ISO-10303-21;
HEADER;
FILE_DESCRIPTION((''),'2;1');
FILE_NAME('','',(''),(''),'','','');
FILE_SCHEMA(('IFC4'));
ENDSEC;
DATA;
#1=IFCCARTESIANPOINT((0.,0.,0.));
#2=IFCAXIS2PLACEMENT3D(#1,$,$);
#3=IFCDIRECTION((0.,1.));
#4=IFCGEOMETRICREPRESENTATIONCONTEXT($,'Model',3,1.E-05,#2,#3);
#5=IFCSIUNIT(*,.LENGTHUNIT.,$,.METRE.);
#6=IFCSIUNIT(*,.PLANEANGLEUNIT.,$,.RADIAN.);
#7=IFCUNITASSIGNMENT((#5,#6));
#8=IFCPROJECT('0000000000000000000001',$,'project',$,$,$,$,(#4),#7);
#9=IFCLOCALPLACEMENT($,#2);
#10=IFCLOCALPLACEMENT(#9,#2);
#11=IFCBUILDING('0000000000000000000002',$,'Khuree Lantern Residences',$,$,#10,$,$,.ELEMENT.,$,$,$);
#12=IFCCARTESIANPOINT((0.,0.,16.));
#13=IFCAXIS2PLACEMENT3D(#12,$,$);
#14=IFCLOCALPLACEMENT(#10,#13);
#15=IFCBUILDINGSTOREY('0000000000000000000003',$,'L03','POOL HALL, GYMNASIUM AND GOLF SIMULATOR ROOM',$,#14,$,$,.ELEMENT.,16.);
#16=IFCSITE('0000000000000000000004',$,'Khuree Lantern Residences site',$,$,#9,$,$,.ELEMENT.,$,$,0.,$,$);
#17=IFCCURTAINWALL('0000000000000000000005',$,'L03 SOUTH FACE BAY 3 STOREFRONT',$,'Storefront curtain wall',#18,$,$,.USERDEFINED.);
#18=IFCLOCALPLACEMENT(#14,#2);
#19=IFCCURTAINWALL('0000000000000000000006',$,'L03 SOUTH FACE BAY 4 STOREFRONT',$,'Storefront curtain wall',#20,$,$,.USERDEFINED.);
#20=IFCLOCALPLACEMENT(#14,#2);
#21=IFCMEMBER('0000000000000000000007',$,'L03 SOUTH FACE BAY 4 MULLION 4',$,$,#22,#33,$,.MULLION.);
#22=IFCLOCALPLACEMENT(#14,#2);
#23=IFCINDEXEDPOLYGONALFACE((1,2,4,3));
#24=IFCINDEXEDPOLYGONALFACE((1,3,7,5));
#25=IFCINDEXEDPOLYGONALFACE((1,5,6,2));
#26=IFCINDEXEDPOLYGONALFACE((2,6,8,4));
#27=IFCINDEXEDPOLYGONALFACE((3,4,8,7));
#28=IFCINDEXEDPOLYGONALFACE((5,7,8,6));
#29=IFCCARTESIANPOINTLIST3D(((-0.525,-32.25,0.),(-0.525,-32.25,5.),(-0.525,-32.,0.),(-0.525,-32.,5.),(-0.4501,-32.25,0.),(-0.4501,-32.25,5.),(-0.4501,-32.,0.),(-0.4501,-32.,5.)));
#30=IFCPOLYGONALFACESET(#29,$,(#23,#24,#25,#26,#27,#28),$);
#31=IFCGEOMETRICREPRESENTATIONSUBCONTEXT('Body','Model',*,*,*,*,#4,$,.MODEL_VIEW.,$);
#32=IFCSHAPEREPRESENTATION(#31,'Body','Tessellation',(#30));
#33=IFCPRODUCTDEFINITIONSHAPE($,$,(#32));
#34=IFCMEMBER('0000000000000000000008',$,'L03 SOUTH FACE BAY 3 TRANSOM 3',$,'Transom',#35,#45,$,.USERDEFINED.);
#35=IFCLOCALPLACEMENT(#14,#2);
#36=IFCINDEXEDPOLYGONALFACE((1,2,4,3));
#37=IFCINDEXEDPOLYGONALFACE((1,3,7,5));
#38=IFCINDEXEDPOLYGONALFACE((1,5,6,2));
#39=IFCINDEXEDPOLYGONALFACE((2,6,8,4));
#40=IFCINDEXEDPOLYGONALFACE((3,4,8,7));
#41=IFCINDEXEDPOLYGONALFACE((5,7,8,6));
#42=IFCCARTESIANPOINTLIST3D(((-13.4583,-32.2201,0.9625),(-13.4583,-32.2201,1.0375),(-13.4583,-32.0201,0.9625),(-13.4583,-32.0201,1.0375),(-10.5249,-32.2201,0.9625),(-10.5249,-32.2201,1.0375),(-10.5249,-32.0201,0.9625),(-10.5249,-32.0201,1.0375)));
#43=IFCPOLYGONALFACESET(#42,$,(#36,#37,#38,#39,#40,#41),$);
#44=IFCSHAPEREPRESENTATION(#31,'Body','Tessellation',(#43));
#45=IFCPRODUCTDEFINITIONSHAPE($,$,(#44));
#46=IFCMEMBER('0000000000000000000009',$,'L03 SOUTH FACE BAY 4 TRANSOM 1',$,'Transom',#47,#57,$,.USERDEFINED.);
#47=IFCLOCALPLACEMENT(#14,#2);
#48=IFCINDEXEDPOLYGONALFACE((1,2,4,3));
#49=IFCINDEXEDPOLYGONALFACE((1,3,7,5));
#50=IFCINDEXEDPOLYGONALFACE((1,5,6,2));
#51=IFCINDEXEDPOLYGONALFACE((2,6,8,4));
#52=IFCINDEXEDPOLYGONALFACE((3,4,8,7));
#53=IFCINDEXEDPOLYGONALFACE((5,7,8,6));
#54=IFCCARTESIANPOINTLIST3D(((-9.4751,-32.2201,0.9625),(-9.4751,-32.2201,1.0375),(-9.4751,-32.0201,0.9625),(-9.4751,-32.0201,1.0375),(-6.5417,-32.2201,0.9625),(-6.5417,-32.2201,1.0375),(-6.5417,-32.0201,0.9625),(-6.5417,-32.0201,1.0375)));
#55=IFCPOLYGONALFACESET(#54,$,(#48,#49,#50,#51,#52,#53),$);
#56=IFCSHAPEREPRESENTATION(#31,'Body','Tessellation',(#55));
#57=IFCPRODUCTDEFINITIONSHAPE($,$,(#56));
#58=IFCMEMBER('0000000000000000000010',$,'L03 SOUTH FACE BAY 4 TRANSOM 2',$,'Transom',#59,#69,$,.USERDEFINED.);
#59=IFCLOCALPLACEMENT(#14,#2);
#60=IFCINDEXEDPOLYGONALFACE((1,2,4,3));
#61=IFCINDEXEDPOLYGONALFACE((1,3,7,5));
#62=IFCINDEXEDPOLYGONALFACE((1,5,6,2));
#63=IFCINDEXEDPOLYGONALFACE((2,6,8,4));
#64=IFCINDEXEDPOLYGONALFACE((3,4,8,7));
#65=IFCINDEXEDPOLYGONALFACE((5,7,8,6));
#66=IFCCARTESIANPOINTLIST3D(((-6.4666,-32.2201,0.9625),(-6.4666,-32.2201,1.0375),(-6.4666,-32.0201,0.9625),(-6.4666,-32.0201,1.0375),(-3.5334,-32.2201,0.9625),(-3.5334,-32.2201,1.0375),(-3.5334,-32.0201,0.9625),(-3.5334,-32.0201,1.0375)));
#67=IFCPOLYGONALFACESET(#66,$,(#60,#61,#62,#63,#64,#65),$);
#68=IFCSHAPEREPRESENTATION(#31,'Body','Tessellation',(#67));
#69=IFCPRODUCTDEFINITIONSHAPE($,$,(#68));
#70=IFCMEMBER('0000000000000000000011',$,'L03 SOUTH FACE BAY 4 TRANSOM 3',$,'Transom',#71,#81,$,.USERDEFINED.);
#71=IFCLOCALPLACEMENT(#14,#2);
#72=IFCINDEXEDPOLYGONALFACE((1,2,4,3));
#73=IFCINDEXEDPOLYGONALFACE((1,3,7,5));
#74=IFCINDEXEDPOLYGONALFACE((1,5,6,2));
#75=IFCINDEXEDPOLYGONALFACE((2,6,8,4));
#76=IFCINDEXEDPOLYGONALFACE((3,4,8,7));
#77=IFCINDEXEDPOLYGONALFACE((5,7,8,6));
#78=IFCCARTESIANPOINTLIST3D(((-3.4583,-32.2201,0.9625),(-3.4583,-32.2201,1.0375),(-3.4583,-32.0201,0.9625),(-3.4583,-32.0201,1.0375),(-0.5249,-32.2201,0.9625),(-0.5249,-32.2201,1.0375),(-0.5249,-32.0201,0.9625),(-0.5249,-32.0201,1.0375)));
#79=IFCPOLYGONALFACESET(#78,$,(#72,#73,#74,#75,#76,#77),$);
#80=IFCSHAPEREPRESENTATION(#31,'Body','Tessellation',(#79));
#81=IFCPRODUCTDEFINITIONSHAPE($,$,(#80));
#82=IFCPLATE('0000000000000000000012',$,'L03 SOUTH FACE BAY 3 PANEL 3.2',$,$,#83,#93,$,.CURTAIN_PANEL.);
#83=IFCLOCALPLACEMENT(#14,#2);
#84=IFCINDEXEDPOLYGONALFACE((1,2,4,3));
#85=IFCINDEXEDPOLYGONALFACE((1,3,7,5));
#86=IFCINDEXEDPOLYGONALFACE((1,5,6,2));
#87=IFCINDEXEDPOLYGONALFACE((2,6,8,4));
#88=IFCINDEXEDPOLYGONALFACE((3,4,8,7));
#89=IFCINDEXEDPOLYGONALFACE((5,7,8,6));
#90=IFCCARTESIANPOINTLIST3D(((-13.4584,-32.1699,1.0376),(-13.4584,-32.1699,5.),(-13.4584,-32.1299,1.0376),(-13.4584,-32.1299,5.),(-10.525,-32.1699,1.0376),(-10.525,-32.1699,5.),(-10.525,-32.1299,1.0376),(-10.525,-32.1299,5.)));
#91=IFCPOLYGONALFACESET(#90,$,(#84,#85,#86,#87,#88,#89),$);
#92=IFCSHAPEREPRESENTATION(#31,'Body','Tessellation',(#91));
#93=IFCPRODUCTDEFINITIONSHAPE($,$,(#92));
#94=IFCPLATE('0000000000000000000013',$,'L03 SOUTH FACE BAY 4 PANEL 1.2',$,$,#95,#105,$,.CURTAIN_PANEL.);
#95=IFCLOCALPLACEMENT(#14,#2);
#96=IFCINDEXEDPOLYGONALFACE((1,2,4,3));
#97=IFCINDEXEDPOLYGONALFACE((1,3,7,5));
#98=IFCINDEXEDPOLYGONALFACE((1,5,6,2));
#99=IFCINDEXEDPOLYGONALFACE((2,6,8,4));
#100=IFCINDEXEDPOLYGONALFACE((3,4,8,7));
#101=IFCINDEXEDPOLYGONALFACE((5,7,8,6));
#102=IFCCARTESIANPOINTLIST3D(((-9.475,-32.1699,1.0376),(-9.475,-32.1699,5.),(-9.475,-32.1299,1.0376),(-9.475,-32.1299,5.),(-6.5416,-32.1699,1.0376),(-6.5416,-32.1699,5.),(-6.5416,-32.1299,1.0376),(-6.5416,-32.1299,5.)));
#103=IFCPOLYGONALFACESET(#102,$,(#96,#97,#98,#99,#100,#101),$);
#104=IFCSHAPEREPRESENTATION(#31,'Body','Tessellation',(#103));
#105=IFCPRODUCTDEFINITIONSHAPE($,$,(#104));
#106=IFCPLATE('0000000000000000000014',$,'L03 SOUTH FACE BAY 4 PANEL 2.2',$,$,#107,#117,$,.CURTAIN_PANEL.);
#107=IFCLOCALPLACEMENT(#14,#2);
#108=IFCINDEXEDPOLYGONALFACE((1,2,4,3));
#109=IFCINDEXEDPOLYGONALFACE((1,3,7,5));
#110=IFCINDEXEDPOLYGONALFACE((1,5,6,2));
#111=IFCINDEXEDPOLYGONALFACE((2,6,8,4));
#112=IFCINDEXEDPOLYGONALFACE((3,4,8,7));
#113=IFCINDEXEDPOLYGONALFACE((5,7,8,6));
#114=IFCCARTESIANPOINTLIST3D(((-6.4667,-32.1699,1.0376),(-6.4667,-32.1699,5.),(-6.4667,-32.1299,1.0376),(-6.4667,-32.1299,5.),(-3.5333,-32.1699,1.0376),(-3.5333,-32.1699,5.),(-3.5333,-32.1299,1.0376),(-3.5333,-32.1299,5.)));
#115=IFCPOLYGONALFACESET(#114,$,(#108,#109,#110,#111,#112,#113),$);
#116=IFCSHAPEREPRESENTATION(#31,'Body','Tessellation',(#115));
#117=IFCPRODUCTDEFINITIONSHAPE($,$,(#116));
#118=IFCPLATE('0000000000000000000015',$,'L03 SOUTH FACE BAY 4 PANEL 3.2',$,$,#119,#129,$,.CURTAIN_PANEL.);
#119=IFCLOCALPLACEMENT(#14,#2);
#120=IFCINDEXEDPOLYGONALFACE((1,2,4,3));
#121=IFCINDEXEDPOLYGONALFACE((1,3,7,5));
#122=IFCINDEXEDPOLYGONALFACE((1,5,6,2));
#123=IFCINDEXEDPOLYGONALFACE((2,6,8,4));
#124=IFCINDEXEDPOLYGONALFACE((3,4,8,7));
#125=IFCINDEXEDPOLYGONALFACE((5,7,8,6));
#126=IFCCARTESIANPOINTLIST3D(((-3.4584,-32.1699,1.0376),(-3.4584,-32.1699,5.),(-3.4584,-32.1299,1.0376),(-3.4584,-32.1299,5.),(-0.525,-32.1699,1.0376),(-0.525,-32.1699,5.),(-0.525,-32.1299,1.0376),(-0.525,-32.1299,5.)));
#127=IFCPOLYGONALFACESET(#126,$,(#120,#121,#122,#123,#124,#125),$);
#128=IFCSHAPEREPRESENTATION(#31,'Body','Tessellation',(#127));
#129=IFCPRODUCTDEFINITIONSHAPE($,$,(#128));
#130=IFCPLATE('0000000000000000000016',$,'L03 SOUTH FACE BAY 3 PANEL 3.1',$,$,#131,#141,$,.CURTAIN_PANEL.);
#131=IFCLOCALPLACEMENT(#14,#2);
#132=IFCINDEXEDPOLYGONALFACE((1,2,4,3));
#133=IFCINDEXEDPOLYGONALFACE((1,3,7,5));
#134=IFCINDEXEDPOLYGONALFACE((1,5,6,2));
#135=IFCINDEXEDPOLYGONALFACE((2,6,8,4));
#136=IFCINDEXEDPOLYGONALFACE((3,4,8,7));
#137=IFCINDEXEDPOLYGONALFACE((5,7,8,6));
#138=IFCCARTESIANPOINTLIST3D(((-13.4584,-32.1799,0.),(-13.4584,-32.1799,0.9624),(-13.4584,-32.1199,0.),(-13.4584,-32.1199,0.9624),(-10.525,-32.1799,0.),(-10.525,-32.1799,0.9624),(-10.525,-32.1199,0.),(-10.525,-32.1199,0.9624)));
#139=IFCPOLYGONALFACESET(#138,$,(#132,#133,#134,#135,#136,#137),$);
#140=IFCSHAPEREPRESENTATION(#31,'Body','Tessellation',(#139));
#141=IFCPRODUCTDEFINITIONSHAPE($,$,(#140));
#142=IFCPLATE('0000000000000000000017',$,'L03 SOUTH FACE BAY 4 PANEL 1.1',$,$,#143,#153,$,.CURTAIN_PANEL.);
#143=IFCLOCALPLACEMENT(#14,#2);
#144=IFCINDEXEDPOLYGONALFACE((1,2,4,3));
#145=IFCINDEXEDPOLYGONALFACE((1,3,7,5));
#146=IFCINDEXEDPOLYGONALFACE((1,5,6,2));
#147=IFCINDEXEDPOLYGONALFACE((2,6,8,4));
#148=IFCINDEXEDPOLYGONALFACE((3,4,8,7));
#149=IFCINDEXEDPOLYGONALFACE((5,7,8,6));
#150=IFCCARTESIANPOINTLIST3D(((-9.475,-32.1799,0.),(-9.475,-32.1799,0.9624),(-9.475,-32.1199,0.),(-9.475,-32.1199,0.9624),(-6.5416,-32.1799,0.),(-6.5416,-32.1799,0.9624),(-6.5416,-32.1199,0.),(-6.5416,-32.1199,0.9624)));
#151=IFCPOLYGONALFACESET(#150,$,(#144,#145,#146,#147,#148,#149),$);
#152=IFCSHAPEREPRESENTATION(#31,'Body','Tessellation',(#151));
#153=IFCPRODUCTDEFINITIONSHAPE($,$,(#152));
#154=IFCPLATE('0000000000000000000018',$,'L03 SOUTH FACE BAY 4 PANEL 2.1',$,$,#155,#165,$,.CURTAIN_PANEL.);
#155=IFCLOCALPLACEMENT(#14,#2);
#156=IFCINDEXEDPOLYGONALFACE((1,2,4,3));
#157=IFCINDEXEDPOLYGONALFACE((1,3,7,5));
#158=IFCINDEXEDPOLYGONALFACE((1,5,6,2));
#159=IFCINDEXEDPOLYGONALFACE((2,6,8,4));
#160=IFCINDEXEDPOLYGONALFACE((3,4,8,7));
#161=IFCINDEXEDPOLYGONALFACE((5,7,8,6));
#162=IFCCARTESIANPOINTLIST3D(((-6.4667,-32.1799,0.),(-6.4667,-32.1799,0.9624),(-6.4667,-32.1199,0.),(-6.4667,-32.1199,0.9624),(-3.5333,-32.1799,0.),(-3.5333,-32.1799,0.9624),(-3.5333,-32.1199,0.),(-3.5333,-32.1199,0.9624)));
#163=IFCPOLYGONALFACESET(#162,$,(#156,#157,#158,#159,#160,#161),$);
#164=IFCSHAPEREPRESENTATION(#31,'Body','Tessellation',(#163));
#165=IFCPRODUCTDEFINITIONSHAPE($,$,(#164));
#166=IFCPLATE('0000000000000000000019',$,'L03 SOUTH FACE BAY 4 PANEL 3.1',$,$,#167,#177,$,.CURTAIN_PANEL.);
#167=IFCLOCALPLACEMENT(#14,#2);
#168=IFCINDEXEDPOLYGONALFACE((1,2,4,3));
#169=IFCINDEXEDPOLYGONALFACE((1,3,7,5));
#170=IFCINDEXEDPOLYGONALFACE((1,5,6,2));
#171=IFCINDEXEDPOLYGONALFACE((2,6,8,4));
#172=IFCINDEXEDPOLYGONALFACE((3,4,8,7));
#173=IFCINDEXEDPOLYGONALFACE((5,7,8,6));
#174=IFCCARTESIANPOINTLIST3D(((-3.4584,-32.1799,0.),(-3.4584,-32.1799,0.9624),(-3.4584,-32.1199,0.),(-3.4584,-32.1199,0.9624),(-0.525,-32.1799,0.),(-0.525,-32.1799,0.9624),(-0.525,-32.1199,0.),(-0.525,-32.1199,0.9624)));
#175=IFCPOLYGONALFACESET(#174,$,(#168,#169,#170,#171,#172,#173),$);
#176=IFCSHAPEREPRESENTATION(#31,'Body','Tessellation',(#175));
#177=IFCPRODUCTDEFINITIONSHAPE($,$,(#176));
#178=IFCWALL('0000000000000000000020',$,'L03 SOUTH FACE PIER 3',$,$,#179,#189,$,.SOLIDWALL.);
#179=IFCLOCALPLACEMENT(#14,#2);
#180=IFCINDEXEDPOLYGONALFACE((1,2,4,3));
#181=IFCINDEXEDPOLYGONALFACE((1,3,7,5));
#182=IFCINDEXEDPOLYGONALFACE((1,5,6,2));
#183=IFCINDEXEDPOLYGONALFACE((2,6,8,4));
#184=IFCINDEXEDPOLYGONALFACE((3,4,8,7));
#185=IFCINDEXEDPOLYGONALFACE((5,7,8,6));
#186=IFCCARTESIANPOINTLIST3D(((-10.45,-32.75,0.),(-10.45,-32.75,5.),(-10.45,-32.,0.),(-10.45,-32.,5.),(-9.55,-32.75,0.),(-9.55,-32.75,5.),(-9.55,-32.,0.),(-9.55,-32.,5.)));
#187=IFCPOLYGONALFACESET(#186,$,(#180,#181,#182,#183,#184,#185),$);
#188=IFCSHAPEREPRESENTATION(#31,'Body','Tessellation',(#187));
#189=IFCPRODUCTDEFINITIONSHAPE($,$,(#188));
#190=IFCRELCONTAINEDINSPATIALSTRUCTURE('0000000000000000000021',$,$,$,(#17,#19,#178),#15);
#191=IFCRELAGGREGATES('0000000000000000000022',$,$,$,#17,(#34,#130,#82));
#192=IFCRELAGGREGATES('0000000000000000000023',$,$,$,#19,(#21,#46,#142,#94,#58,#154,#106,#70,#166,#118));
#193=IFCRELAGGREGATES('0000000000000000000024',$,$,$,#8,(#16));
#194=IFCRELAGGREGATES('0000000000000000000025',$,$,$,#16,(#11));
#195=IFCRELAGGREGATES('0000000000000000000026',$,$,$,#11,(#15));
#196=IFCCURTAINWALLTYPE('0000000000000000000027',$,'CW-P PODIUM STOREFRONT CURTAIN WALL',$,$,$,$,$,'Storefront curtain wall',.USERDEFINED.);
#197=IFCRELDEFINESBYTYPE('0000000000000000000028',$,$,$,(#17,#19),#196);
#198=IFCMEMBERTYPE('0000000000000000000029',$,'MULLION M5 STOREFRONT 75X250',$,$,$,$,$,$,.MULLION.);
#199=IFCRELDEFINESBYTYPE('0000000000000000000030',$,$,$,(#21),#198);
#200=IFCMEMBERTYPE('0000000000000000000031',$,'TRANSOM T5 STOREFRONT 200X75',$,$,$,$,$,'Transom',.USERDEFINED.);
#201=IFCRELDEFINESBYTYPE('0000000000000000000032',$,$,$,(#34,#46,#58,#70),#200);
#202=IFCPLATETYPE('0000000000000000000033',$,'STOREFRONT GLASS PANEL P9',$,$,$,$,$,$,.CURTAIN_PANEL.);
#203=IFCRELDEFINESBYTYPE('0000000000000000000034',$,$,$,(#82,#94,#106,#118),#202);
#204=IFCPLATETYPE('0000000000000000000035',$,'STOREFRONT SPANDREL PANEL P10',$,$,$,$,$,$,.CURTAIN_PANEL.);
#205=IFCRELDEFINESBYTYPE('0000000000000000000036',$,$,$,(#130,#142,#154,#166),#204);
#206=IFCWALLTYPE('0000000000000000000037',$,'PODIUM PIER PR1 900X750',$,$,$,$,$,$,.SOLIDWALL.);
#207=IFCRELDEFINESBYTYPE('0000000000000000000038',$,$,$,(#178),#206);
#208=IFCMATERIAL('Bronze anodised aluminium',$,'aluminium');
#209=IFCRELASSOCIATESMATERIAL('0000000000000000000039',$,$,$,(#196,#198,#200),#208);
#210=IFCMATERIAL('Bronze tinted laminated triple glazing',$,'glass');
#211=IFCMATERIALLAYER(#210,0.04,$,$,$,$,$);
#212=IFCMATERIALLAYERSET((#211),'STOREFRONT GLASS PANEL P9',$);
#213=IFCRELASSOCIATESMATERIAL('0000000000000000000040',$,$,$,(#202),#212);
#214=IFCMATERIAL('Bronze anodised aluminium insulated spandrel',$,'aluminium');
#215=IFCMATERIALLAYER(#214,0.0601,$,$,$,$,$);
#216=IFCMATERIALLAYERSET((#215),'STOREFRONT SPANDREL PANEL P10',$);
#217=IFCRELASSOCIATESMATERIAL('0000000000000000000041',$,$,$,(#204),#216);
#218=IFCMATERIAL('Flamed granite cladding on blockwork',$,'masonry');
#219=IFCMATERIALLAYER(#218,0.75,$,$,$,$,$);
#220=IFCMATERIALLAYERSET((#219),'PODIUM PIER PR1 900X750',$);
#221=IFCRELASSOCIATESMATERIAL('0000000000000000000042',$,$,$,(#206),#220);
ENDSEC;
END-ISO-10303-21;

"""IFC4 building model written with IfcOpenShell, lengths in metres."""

from ifc_helpers import new_model, si_unit, direction, frame, frame_2d, origin, origin_2d, place, context, subcontext, project, spatial, rectangle, extrude, material, layer, layer_set, material_profile, profile_set, type_object, element, aggregate, save


model = new_model("IFC4")

# Units and contexts
model_context = context("Model", 3, precision=1e-05, world=origin(), true_north=direction((0.0, 1.0)))
body_context = subcontext(model_context, "Body", "Model", "MODEL_VIEW")
ifc_project = project(units=[si_unit("LENGTHUNIT", "METRE"), si_unit("PLANEANGLEUNIT", "RADIAN")], contexts=[model_context])

# Site, building, storey
site_placement = place(None, origin())
site = spatial("IfcSite", under=ifc_project, at=site_placement, Name="Khuree Lantern Residences site", CompositionType="ELEMENT", RefElevation=0.0)
building_placement = place(site_placement, origin())
building = spatial("IfcBuilding", under=site, at=building_placement, Name="Khuree Lantern Residences", CompositionType="ELEMENT")
storey_placement = place(building_placement, frame((0.0, 0.0, 16.0)))
storey = spatial("IfcBuildingStorey", under=building, at=storey_placement, Name="L03", Description="POOL HALL, GYMNASIUM AND GOLF SIMULATOR ROOM", CompositionType="ELEMENT", Elevation=16.0)

# Curtain wall
ifc_material_1 = material(Name="Bronze anodised aluminium", Category="aluminium")
curtain_wall_type = type_object("IfcCurtainWallType", Name="CW-P PODIUM STOREFRONT CURTAIN WALL", ElementType="Storefront curtain wall", PredefinedType="USERDEFINED", material=ifc_material_1)
curtain_wall_1_placement = place(storey_placement, origin())
curtain_wall_1 = element("IfcCurtainWall", 1, at=curtain_wall_1_placement, inside=storey, type_object=curtain_wall_type, Name="L03 SOUTH FACE BAY 3 STOREFRONT", ObjectType="Storefront curtain wall", PredefinedType="USERDEFINED")
ifc_material_profile_1 = material_profile(ifc_material_1, rectangle(XDim=0.075, YDim=0.25, at=origin_2d()), Name="M5 75X250")
ifc_profile_set_1 = profile_set([ifc_material_profile_1], Name="Bronze anodised aluminium")
member_type_1 = type_object("IfcMemberType", Name="MULLION M5 STOREFRONT 75X250", PredefinedType="MULLION", material=ifc_profile_set_1)

# Curtain wall, member
curtain_wall_2_placement = place(storey_placement, origin())
curtain_wall_2 = element("IfcCurtainWall", 2, at=curtain_wall_2_placement, inside=storey, type_object=curtain_wall_type, Name="L03 SOUTH FACE BAY 4 STOREFRONT", ObjectType="Storefront curtain wall", PredefinedType="USERDEFINED")
member_1_placement = place(storey_placement, frame((-0.4875, -32.125, 0.0), z_axis=(0.0, 0.0, 1.0), x_axis=(1.0, 0.0, 0.0)))
member_1 = element("IfcMember", 3, at=member_1_placement, type_object=member_type_1, Name="L03 SOUTH FACE BAY 4 MULLION 4", PredefinedType="MULLION", context=body_context, shape_type="SweptSolid", body=[
    extrude(rectangle(XDim=0.075, YDim=0.25, at=origin_2d()), origin(), (0.0, 0.0, 1.0), 5.0),
])

# Members
ifc_material_profile_2 = material_profile(ifc_material_1, rectangle(XDim=0.2, YDim=0.075, at=origin_2d()), Name="T5 200X75")
ifc_profile_set_2 = profile_set([ifc_material_profile_2], Name="Bronze anodised aluminium")
member_type_2 = type_object("IfcMemberType", Name="TRANSOM T5 STOREFRONT 200X75", ElementType="Transom", PredefinedType="USERDEFINED", material=ifc_profile_set_2)
member_2_placement = place(storey_placement, frame((-13.4583, -32.1201, 1.0), z_axis=(1.0, 0.0, 0.0), x_axis=(0.0, 1.0, 0.0)))
member_2 = element("IfcMember", 4, at=member_2_placement, type_object=member_type_2, Name="L03 SOUTH FACE BAY 3 TRANSOM 3", ObjectType="Transom", PredefinedType="USERDEFINED", context=body_context, shape_type="SweptSolid", body=[
    extrude(rectangle(XDim=0.2, YDim=0.075, at=origin_2d()), origin(), (0.0, 0.0, 1.0), 2.9333),
])
member_3_placement = place(storey_placement, frame((-9.4751, -32.1201, 1.0), z_axis=(1.0, 0.0, 0.0), x_axis=(0.0, 1.0, 0.0)))
member_3 = element("IfcMember", 5, at=member_3_placement, type_object=member_type_2, Name="L03 SOUTH FACE BAY 4 TRANSOM 1", ObjectType="Transom", PredefinedType="USERDEFINED", context=body_context, shape_type="SweptSolid", body=[
    extrude(rectangle(XDim=0.2, YDim=0.075, at=origin_2d()), origin(), (0.0, 0.0, 1.0), 2.9333),
])
member_4_placement = place(storey_placement, frame((-6.4666, -32.1201, 1.0), z_axis=(1.0, 0.0, 0.0), x_axis=(0.0, 1.0, 0.0)))
member_4 = element("IfcMember", 6, at=member_4_placement, type_object=member_type_2, Name="L03 SOUTH FACE BAY 4 TRANSOM 2", ObjectType="Transom", PredefinedType="USERDEFINED", context=body_context, shape_type="SweptSolid", body=[
    extrude(rectangle(XDim=0.2, YDim=0.075, at=origin_2d()), origin(), (0.0, 0.0, 1.0), 2.9331),
])
member_5_placement = place(storey_placement, frame((-3.4583, -32.1201, 1.0), z_axis=(1.0, 0.0, 0.0), x_axis=(0.0, 1.0, 0.0)))
member_5 = element("IfcMember", 7, at=member_5_placement, type_object=member_type_2, Name="L03 SOUTH FACE BAY 4 TRANSOM 3", ObjectType="Transom", PredefinedType="USERDEFINED", context=body_context, shape_type="SweptSolid", body=[
    extrude(rectangle(XDim=0.2, YDim=0.075, at=origin_2d()), origin(), (0.0, 0.0, 1.0), 2.9333),
])

# Plates
ifc_material_2 = material(Name="Bronze tinted laminated triple glazing", Category="glass")
ifc_layer_1 = layer(ifc_material_2, 0.04)
ifc_layer_set_1 = layer_set([ifc_layer_1], Name="STOREFRONT GLASS PANEL P9")
plate_type_1 = type_object("IfcPlateType", Name="STOREFRONT GLASS PANEL P9", PredefinedType="CURTAIN_PANEL", material=ifc_layer_set_1)
plate_1_placement = place(storey_placement, frame((-11.9917, -32.1499, 1.0376), z_axis=(0.0, 0.0, 1.0), x_axis=(1.0, 0.0, 0.0)))
plate_1 = element("IfcPlate", 8, at=plate_1_placement, type_object=plate_type_1, Name="L03 SOUTH FACE BAY 3 PANEL 3.2", PredefinedType="CURTAIN_PANEL", context=body_context, shape_type="SweptSolid", body=[
    extrude(rectangle(XDim=2.9333, YDim=0.04, at=origin_2d()), origin(), (0.0, 0.0, 1.0), 3.9624),
])
plate_2_placement = place(storey_placement, frame((-8.0083, -32.1499, 1.0376), z_axis=(0.0, 0.0, 1.0), x_axis=(1.0, 0.0, 0.0)))
plate_2 = element("IfcPlate", 9, at=plate_2_placement, type_object=plate_type_1, Name="L03 SOUTH FACE BAY 4 PANEL 1.2", PredefinedType="CURTAIN_PANEL", context=body_context, shape_type="SweptSolid", body=[
    extrude(rectangle(XDim=2.9333, YDim=0.04, at=origin_2d()), origin(), (0.0, 0.0, 1.0), 3.9624),
])
plate_3_placement = place(storey_placement, frame((-5.0, -32.1499, 1.0376), z_axis=(0.0, 0.0, 1.0), x_axis=(1.0, 0.0, 0.0)))
plate_3 = element("IfcPlate", 10, at=plate_3_placement, type_object=plate_type_1, Name="L03 SOUTH FACE BAY 4 PANEL 2.2", PredefinedType="CURTAIN_PANEL", context=body_context, shape_type="SweptSolid", body=[
    extrude(rectangle(XDim=2.9333, YDim=0.04, at=origin_2d()), origin(), (0.0, 0.0, 1.0), 3.9624),
])
plate_4_placement = place(storey_placement, frame((-1.9917, -32.1499, 1.0376), z_axis=(0.0, 0.0, 1.0), x_axis=(1.0, 0.0, 0.0)))
plate_4 = element("IfcPlate", 11, at=plate_4_placement, type_object=plate_type_1, Name="L03 SOUTH FACE BAY 4 PANEL 3.2", PredefinedType="CURTAIN_PANEL", context=body_context, shape_type="SweptSolid", body=[
    extrude(rectangle(XDim=2.9333, YDim=0.04, at=origin_2d()), origin(), (0.0, 0.0, 1.0), 3.9624),
])
ifc_material_3 = material(Name="Bronze anodised aluminium insulated spandrel", Category="aluminium")
ifc_layer_2 = layer(ifc_material_3, 0.0601)
ifc_layer_set_2 = layer_set([ifc_layer_2], Name="STOREFRONT SPANDREL PANEL P10")
plate_type_2 = type_object("IfcPlateType", Name="STOREFRONT SPANDREL PANEL P10", PredefinedType="CURTAIN_PANEL", material=ifc_layer_set_2)
plate_5_placement = place(storey_placement, frame((-11.9917, -32.1499, 0.0), z_axis=(0.0, 0.0, 1.0), x_axis=(1.0, 0.0, 0.0)))
plate_5 = element("IfcPlate", 12, at=plate_5_placement, type_object=plate_type_2, Name="L03 SOUTH FACE BAY 3 PANEL 3.1", PredefinedType="CURTAIN_PANEL", context=body_context, shape_type="SweptSolid", body=[
    extrude(rectangle(XDim=2.9333, YDim=0.0601, at=origin_2d()), origin(), (0.0, 0.0, 1.0), 0.9624),
])
aggregate(curtain_wall_1, [member_2, plate_5, plate_1])
plate_6_placement = place(storey_placement, frame((-8.0083, -32.1499, 0.0), z_axis=(0.0, 0.0, 1.0), x_axis=(1.0, 0.0, 0.0)))
plate_6 = element("IfcPlate", 13, at=plate_6_placement, type_object=plate_type_2, Name="L03 SOUTH FACE BAY 4 PANEL 1.1", PredefinedType="CURTAIN_PANEL", context=body_context, shape_type="SweptSolid", body=[
    extrude(rectangle(XDim=2.9333, YDim=0.0601, at=origin_2d()), origin(), (0.0, 0.0, 1.0), 0.9624),
])
plate_7_placement = place(storey_placement, frame((-5.0, -32.1499, 0.0), z_axis=(0.0, 0.0, 1.0), x_axis=(1.0, 0.0, 0.0)))
plate_7 = element("IfcPlate", 14, at=plate_7_placement, type_object=plate_type_2, Name="L03 SOUTH FACE BAY 4 PANEL 2.1", PredefinedType="CURTAIN_PANEL", context=body_context, shape_type="SweptSolid", body=[
    extrude(rectangle(XDim=2.9333, YDim=0.0601, at=origin_2d()), origin(), (0.0, 0.0, 1.0), 0.9624),
])
plate_8_placement = place(storey_placement, frame((-1.9917, -32.1499, 0.0), z_axis=(0.0, 0.0, 1.0), x_axis=(1.0, 0.0, 0.0)))
plate_8 = element("IfcPlate", 15, at=plate_8_placement, type_object=plate_type_2, Name="L03 SOUTH FACE BAY 4 PANEL 3.1", PredefinedType="CURTAIN_PANEL", context=body_context, shape_type="SweptSolid", body=[
    extrude(rectangle(XDim=2.9333, YDim=0.0601, at=origin_2d()), origin(), (0.0, 0.0, 1.0), 0.9624),
])
aggregate(curtain_wall_2, [member_1, member_3, plate_6, plate_2, member_4, plate_7, plate_3, member_5, plate_8, plate_4])

# Wall
ifc_material_4 = material(Name="Flamed granite cladding on blockwork", Category="masonry")
ifc_layer_3 = layer(ifc_material_4, 0.75)
ifc_layer_set_3 = layer_set([ifc_layer_3], Name="PODIUM PIER PR1 900X750")
wall_type = type_object("IfcWallType", Name="PODIUM PIER PR1 900X750", PredefinedType="SOLIDWALL", material=ifc_layer_set_3)
for number, where, z_axis, x_axis, name in (
    (16, (-10.45, -32.375, 0.0), (0.0, 0.0, 1.0), (1.0, 0.0, 0.0), "L03 SOUTH FACE PIER 3"),
):
    element("IfcWall", number, at=place(storey_placement, frame(where, z_axis=z_axis, x_axis=x_axis)), inside=storey, type_object=wall_type, Name=name, PredefinedType="SOLIDWALL", context=body_context, shape_type="SweptSolid", body=[
        extrude(rectangle(XDim=0.8999, YDim=0.75, at=frame_2d((0.45, 0.0))), origin(), (0.0, 0.0, 1.0), 5.0),
    ])

save(model, "model.ifc")
